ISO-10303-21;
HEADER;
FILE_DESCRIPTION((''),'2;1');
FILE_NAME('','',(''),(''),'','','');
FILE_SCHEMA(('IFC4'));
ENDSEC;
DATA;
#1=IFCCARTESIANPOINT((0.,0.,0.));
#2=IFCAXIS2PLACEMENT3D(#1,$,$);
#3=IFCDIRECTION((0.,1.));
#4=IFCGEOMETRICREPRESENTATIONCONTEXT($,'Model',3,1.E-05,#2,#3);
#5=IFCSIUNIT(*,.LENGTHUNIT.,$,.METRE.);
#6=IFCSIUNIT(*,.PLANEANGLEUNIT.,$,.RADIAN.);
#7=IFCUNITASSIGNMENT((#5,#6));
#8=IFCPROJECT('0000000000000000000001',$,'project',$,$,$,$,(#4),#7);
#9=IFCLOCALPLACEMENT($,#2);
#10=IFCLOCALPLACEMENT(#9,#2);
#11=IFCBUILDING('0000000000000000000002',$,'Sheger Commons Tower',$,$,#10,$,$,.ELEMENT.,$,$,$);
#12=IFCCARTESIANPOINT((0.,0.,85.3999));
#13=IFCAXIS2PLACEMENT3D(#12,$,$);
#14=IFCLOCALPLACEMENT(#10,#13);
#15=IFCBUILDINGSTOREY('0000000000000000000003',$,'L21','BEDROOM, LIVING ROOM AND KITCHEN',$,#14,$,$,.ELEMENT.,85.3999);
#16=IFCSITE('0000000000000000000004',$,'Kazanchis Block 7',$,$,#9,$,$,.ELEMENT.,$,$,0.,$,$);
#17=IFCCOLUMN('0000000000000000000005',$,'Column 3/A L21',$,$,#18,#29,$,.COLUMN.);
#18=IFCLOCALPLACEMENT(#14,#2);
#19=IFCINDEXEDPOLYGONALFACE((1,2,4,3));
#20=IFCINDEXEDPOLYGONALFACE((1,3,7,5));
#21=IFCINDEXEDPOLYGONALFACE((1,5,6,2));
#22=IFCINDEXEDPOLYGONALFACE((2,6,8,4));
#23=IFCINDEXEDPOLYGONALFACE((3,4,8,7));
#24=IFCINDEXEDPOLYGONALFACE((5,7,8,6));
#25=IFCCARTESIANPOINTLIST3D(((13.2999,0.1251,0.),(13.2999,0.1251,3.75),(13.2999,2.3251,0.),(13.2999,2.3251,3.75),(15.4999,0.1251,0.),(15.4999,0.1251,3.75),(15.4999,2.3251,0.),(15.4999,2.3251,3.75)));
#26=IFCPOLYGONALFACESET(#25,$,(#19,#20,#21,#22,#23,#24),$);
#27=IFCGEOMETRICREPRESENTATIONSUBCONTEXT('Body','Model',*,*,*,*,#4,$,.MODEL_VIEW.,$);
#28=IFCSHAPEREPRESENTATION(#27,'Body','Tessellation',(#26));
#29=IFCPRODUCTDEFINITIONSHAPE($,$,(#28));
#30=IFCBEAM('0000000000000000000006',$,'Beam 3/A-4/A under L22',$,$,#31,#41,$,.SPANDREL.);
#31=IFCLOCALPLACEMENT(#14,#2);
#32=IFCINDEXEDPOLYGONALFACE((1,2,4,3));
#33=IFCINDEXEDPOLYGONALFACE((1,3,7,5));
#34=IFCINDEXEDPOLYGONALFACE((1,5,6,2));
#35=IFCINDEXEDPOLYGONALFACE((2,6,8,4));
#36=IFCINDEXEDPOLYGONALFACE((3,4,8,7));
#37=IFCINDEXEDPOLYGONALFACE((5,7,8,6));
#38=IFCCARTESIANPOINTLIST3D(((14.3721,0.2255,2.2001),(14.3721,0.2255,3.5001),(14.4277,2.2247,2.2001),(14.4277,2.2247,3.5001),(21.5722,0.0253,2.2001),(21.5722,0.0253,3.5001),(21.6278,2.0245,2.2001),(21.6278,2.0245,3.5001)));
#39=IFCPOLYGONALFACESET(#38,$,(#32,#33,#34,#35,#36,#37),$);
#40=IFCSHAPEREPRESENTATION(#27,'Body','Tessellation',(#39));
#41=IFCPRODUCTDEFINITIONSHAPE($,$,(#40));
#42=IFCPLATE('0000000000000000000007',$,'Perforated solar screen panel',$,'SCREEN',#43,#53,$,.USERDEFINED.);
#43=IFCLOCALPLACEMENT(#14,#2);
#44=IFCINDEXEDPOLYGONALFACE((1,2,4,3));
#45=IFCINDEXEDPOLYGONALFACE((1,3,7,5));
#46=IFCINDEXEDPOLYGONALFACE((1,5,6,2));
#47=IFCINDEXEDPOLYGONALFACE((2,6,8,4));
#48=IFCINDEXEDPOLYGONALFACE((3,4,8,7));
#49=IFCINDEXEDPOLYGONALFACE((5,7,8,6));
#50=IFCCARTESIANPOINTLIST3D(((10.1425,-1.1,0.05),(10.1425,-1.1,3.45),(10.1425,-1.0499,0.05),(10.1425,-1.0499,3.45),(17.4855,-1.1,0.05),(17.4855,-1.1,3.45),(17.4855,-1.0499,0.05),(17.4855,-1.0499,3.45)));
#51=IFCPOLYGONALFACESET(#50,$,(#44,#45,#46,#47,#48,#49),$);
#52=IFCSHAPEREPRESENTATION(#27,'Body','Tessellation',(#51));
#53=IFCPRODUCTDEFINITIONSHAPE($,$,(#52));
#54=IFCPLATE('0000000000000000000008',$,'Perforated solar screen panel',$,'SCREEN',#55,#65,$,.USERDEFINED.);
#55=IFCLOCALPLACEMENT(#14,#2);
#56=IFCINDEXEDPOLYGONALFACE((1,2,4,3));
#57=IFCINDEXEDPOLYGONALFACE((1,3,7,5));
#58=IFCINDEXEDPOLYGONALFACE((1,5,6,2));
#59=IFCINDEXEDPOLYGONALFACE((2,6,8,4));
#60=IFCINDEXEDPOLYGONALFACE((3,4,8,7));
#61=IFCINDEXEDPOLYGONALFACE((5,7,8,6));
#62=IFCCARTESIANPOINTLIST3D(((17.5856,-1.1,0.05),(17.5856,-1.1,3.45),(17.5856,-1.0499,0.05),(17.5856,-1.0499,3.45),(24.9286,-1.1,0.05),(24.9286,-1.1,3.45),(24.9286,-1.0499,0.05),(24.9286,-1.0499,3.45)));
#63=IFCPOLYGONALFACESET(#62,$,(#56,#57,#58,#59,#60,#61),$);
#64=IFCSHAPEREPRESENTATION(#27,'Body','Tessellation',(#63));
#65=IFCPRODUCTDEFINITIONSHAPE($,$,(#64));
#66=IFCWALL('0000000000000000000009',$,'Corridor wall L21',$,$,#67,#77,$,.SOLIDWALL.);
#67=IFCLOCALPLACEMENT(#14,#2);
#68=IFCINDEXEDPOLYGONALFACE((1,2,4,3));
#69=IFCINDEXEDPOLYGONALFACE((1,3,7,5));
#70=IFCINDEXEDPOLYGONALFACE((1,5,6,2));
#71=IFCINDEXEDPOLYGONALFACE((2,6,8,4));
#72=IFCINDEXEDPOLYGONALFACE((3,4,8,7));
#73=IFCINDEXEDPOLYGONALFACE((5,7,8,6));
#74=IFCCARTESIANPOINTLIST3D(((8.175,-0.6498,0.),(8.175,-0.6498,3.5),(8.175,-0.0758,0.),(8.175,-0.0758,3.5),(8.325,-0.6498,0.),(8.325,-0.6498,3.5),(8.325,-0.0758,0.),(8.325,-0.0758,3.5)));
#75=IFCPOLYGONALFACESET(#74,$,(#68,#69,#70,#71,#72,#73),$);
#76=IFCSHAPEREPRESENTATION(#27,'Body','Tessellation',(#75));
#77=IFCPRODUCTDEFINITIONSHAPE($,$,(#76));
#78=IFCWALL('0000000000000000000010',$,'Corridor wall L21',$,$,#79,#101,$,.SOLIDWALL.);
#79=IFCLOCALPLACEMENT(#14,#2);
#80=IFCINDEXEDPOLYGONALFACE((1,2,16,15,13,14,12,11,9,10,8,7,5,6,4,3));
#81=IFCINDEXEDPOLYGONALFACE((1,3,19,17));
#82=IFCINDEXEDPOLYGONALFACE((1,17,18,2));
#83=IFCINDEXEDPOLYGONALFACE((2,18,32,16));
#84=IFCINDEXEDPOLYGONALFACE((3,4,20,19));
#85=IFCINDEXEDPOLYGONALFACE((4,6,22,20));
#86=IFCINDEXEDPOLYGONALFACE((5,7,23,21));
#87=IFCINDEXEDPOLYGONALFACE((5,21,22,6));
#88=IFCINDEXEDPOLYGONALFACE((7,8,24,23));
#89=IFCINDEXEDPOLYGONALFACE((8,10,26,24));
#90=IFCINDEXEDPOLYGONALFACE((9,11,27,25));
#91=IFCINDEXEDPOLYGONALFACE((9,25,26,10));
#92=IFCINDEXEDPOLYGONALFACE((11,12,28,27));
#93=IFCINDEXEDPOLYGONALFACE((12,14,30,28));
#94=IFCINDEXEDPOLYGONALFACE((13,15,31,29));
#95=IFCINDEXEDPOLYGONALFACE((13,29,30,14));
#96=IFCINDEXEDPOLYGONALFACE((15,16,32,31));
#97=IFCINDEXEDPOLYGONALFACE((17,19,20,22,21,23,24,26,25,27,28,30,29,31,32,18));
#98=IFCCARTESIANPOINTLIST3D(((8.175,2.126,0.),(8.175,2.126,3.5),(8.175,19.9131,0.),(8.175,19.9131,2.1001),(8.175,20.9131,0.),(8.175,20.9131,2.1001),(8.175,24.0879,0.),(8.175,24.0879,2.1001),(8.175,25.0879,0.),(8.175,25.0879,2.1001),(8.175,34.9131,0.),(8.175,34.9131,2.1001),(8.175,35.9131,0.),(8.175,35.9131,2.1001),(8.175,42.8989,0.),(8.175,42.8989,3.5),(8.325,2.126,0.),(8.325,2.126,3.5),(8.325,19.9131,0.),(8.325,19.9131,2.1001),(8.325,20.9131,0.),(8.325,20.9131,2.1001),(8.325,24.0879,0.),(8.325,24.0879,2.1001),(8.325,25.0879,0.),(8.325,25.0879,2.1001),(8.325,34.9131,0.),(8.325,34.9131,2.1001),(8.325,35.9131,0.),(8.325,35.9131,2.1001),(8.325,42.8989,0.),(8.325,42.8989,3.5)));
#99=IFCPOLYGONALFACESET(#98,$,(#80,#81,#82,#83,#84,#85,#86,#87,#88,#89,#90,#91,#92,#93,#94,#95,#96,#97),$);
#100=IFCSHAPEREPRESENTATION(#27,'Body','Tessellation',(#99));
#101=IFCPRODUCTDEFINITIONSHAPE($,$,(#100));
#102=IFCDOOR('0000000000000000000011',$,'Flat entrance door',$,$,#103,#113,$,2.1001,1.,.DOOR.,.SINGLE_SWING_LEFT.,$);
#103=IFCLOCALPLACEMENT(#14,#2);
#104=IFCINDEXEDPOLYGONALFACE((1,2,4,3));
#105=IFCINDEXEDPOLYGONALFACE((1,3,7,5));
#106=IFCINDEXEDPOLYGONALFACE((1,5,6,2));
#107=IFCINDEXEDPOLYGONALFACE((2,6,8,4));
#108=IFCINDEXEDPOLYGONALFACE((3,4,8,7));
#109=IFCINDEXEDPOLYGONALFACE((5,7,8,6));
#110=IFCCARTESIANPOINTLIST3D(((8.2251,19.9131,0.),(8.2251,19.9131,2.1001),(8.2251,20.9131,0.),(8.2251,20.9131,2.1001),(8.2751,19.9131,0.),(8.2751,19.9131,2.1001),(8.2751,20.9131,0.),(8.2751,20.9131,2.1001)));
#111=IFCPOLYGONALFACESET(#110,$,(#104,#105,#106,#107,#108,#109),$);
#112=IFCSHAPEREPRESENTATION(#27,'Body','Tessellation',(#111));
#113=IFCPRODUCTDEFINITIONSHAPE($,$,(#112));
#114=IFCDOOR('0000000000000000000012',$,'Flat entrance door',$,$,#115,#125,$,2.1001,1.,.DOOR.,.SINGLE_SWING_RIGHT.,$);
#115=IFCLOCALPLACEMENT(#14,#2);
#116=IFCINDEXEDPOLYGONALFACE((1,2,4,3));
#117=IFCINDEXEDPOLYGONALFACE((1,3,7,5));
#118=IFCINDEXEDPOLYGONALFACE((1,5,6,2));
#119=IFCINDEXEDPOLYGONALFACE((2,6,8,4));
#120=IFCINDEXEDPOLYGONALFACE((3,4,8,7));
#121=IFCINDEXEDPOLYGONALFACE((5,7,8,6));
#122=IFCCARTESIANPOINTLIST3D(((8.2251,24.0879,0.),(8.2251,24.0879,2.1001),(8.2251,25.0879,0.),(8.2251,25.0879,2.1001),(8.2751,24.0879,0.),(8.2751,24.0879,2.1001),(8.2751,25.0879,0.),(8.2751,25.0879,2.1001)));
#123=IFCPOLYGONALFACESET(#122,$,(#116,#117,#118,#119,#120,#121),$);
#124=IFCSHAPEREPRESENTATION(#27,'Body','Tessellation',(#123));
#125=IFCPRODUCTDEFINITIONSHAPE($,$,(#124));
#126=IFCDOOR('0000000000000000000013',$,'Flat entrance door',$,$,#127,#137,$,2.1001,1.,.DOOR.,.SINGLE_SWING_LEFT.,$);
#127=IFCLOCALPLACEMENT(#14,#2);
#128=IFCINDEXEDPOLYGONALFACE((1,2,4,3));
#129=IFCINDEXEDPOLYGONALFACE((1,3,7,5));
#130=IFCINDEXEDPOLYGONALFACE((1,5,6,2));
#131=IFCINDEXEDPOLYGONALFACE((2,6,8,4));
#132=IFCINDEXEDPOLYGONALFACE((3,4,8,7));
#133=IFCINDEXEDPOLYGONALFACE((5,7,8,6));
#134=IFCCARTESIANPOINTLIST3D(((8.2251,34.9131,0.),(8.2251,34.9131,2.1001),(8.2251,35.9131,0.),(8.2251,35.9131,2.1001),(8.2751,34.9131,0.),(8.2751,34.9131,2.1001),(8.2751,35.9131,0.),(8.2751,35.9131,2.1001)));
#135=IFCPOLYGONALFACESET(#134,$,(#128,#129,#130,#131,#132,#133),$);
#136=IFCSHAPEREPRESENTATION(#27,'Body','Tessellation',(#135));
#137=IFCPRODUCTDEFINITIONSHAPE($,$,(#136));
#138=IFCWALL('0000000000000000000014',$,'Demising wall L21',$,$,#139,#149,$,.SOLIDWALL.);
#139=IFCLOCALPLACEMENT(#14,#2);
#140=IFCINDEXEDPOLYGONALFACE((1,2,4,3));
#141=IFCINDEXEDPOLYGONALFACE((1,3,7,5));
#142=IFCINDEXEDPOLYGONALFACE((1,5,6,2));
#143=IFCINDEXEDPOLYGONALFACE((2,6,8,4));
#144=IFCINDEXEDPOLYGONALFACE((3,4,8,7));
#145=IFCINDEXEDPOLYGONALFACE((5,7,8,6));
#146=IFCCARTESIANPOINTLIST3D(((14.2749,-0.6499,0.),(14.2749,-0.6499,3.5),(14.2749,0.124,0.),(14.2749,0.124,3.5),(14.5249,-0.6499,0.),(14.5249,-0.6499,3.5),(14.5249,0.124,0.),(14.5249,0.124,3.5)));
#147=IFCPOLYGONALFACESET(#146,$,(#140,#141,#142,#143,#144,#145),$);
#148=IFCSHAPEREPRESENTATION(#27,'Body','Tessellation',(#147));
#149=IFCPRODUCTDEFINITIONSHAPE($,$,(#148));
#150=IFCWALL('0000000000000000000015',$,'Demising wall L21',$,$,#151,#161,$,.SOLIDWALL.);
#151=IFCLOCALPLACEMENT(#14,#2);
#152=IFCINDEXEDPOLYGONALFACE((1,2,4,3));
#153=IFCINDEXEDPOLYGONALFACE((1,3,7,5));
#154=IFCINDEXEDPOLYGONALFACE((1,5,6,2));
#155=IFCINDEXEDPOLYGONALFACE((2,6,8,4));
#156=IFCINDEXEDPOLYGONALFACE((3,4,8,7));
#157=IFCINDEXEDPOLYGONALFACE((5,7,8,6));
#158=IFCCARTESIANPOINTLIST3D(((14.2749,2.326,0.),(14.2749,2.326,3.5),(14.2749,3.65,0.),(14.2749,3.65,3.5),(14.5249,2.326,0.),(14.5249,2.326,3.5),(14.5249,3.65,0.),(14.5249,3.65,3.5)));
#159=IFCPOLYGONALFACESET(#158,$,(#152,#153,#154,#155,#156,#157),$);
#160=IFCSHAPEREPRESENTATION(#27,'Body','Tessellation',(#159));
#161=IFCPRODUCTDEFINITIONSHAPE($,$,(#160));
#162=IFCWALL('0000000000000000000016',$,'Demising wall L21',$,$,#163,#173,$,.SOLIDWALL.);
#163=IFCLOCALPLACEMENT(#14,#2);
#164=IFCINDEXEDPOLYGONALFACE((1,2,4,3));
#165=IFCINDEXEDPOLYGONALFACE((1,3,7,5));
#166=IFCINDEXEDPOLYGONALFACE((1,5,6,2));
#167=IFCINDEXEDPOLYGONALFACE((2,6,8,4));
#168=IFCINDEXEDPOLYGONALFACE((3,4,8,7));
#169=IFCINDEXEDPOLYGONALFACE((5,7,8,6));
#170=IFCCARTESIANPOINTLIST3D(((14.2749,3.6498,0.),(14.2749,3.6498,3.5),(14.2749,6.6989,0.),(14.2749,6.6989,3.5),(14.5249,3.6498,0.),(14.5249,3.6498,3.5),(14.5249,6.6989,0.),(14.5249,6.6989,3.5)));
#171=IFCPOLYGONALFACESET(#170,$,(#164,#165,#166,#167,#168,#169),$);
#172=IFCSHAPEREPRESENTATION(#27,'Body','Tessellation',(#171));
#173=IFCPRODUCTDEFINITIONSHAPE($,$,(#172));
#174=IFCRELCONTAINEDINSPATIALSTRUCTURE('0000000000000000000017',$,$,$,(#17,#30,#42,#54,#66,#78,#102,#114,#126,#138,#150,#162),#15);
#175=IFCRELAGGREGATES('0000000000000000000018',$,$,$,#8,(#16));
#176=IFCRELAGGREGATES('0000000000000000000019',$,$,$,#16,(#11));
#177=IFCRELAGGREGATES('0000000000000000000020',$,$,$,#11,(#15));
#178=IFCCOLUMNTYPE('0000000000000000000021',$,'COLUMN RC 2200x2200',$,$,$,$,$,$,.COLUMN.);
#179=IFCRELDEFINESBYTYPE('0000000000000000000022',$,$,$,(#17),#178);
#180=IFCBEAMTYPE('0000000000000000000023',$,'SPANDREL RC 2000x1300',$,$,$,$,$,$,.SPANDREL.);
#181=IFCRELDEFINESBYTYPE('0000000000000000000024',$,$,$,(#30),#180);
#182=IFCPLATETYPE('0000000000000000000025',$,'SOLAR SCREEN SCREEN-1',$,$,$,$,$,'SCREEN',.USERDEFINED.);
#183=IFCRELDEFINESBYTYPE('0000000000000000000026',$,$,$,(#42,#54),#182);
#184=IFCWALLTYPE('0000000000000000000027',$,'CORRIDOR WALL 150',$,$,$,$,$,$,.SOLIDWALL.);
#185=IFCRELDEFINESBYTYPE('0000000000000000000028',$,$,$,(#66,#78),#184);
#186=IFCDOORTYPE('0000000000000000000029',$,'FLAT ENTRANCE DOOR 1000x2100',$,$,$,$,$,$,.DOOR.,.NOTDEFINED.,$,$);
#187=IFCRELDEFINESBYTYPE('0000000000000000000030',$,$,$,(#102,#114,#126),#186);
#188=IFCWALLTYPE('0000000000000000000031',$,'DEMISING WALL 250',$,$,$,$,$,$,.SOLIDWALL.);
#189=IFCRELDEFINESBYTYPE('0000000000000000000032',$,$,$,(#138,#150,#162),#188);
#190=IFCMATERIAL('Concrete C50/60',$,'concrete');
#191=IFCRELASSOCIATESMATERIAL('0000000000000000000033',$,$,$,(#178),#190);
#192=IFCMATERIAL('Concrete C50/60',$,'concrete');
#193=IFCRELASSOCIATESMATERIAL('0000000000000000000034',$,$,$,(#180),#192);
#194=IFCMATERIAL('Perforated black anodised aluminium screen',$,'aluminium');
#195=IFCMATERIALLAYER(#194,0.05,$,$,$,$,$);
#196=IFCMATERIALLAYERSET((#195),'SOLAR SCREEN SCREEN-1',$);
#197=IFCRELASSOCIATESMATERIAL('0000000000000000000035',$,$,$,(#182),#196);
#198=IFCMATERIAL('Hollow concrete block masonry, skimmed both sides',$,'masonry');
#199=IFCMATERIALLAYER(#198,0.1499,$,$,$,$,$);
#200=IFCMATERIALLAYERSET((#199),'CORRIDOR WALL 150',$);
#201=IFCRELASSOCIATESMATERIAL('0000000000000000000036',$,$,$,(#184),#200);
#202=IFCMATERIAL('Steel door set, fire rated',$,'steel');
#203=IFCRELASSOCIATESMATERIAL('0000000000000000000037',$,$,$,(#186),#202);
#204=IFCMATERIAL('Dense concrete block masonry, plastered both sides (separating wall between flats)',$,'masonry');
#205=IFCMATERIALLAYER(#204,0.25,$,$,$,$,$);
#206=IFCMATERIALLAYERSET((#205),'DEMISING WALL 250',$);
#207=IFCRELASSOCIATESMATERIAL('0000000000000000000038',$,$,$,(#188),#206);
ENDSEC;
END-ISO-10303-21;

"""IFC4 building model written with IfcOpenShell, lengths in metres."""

from ifc_helpers import new_model, si_unit, direction, frame, frame_2d, origin, origin_2d, place, context, subcontext, project, spatial, rectangle, extrude, material, layer, layer_set, material_profile, profile_set, type_object, element, fill, save


model = new_model("IFC4")

# Units and contexts
model_context = context("Model", 3, precision=1e-05, world=origin(), true_north=direction((0.0, 1.0)))
body_context = subcontext(model_context, "Body", "Model", "MODEL_VIEW")
ifc_project = project(units=[si_unit("LENGTHUNIT", "METRE"), si_unit("PLANEANGLEUNIT", "RADIAN")], contexts=[model_context])

# Site, building, storey
site_placement = place(None, origin())
site = spatial("IfcSite", under=ifc_project, at=site_placement, Name="Kazanchis Block 7", CompositionType="ELEMENT", RefElevation=0.0)
building_placement = place(site_placement, origin())
building = spatial("IfcBuilding", under=site, at=building_placement, Name="Sheger Commons Tower", CompositionType="ELEMENT")
storey_placement = place(building_placement, frame((0.0, 0.0, 85.3999)))
storey = spatial("IfcBuildingStorey", under=building, at=storey_placement, Name="L21", Description="BEDROOM, LIVING ROOM AND KITCHEN", CompositionType="ELEMENT", Elevation=85.3999)

# Column
ifc_material_1 = material(Name="Concrete C50/60", Category="concrete")
ifc_material_profile_1 = material_profile(ifc_material_1, rectangle(XDim=2.2, YDim=2.2, at=origin_2d()), Name="RC 2200x2200")
ifc_profile_set_1 = profile_set([ifc_material_profile_1], Name="Concrete C50/60")
column_type = type_object("IfcColumnType", Name="COLUMN RC 2200x2200", PredefinedType="COLUMN", material=ifc_profile_set_1)
column_placement = place(storey_placement, frame((14.3999, 1.2251, 0.0), z_axis=(0.0, 0.0, 1.0), x_axis=(1.0, 0.0, 0.0)))
element("IfcColumn", 1, at=column_placement, inside=storey, type_object=column_type, Name="Column 3/A L21", PredefinedType="COLUMN", context=body_context, shape_type="SweptSolid", body=[
    extrude(rectangle(XDim=2.2, YDim=2.2, at=origin_2d()), origin(), (0.0, 0.0, 1.0), 3.75),
])

# Beam
ifc_material_2 = material(Name="Concrete C50/60", Category="concrete")
ifc_material_profile_2 = material_profile(ifc_material_2, rectangle(XDim=2.0, YDim=1.3, at=origin_2d()), Name="RC 2000x1300")
ifc_profile_set_2 = profile_set([ifc_material_profile_2], Name="Concrete C50/60")
beam_type = type_object("IfcBeamType", Name="SPANDREL RC 2000x1300", PredefinedType="SPANDREL", material=ifc_profile_set_2)
beam_placement = place(storey_placement, frame((14.3999, 1.2251, 2.8501), z_axis=(0.999614, -0.027793, 0.0), x_axis=(0.027793, 0.999614, 0.0)))
element("IfcBeam", 2, at=beam_placement, inside=storey, type_object=beam_type, Name="Beam 3/A-4/A under L22", PredefinedType="SPANDREL", context=body_context, shape_type="SweptSolid", body=[
    extrude(rectangle(XDim=2.0, YDim=1.3, at=origin_2d()), origin(), (0.0, 0.0, 1.0), 7.2029),
])

# Plates
ifc_material_3 = material(Name="Perforated black anodised aluminium screen", Category="aluminium")
ifc_layer_1 = layer(ifc_material_3, 0.05)
ifc_layer_set_1 = layer_set([ifc_layer_1], Name="SOLAR SCREEN SCREEN-1")
plate_type = type_object("IfcPlateType", Name="SOLAR SCREEN SCREEN-1", ElementType="SCREEN", PredefinedType="USERDEFINED", material=ifc_layer_set_1)
for number, where, z_axis, x_axis, name in (
    (3, (13.814, -1.075, 0.05), (0.0, 0.0, 1.0), (1.0, 0.0, 0.0), "Perforated solar screen panel"),
    (4, (21.2571, -1.075, 0.05), (0.0, 0.0, 1.0), (1.0, 0.0, 0.0), "Perforated solar screen panel"),
):
    element("IfcPlate", number, at=place(storey_placement, frame(where, z_axis=z_axis, x_axis=x_axis)), inside=storey, type_object=plate_type, Name=name, ObjectType="SCREEN", PredefinedType="USERDEFINED", context=body_context, shape_type="SweptSolid", body=[
        extrude(rectangle(XDim=7.343, YDim=0.05, at=origin_2d()), origin(), (0.0, 0.0, 1.0), 3.3999),
    ])

# Wall
ifc_material_4 = material(Name="Hollow concrete block masonry, skimmed both sides", Category="masonry")
ifc_layer_2 = layer(ifc_material_4, 0.1499)
ifc_layer_set_2 = layer_set([ifc_layer_2], Name="CORRIDOR WALL 150")
wall_type_1 = type_object("IfcWallType", Name="CORRIDOR WALL 150", PredefinedType="SOLIDWALL", material=ifc_layer_set_2)
wall_1_placement = place(storey_placement, frame((8.25, -0.6499, 0.0), z_axis=(0.0, 0.0, 1.0), x_axis=(0.0, 1.0, 0.0)))
element("IfcWall", 5, at=wall_1_placement, inside=storey, type_object=wall_type_1, Name="Corridor wall L21", PredefinedType="SOLIDWALL", context=body_context, shape_type="SweptSolid", body=[
    extrude(rectangle(XDim=0.574, YDim=0.1499, at=frame_2d((0.2871, 0.0))), origin(), (0.0, 0.0, 1.0), 3.5),
])

# Wall, openings, doors
wall_2_placement = place(storey_placement, frame((8.25, 2.126, 0.0), z_axis=(0.0, 0.0, 1.0), x_axis=(0.0, 1.0, 0.0)))
wall_2 = element("IfcWall", 6, at=wall_2_placement, inside=storey, type_object=wall_type_1, Name="Corridor wall L21", PredefinedType="SOLIDWALL", context=body_context, shape_type="SweptSolid", body=[
    extrude(rectangle(XDim=40.7729, YDim=0.1499, at=frame_2d((20.3865, 0.0))), origin(), (0.0, 0.0, 1.0), 3.5),
])
opening_1_placement = place(wall_2_placement, frame((17.7871, 0.0, 0.0)))
opening_1 = element("IfcOpeningElement", 7, at=opening_1_placement, cuts=wall_2, PredefinedType="OPENING", context=body_context, shape_type="SweptSolid", body=[
    extrude(rectangle(XDim=1.0, YDim=2.1001, at=frame_2d((0.5, 1.05))), frame((0.0, 0.085, 0.0), z_axis=(0.0, -1.0, 0.0), x_axis=(1.0, 0.0, 0.0)), (0.0, 0.0, 1.0), 0.1699),
])
opening_2_placement = place(wall_2_placement, frame((21.9619, 0.0, 0.0)))
opening_2 = element("IfcOpeningElement", 8, at=opening_2_placement, cuts=wall_2, PredefinedType="OPENING", context=body_context, shape_type="SweptSolid", body=[
    extrude(rectangle(XDim=1.0, YDim=2.1001, at=frame_2d((0.5, 1.05))), frame((0.0, 0.085, 0.0), z_axis=(0.0, -1.0, 0.0), x_axis=(1.0, 0.0, 0.0)), (0.0, 0.0, 1.0), 0.1699),
])
opening_3_placement = place(wall_2_placement, frame((32.7871, 0.0, 0.0)))
opening_3 = element("IfcOpeningElement", 9, at=opening_3_placement, cuts=wall_2, PredefinedType="OPENING", context=body_context, shape_type="SweptSolid", body=[
    extrude(rectangle(XDim=1.0, YDim=2.1001, at=frame_2d((0.5, 1.05))), frame((0.0, 0.085, 0.0), z_axis=(0.0, -1.0, 0.0), x_axis=(1.0, 0.0, 0.0)), (0.0, 0.0, 1.0), 0.1699),
])
ifc_material_5 = material(Name="Steel door set, fire rated", Category="steel")
door_type = type_object("IfcDoorType", Name="FLAT ENTRANCE DOOR 1000x2100", OperationType="NOTDEFINED", PredefinedType="DOOR", material=ifc_material_5)
door_1_placement = place(opening_1_placement, origin())
door_1 = element("IfcDoor", 10, at=door_1_placement, inside=storey, type_object=door_type, Name="Flat entrance door", OperationType="SINGLE_SWING_LEFT", OverallHeight=2.1001, OverallWidth=1.0, PredefinedType="DOOR", context=body_context, shape_type="SweptSolid", body=[
    extrude(rectangle(XDim=1.0, YDim=2.1001, at=frame_2d((0.5, 1.05))), frame((0.0, 0.0249, 0.0), z_axis=(0.0, -1.0, 0.0), x_axis=(1.0, 0.0, 0.0)), (0.0, 0.0, 1.0), 0.05),
])
fill(opening_1, door_1)
door_2_placement = place(opening_2_placement, origin())
door_2 = element("IfcDoor", 11, at=door_2_placement, inside=storey, type_object=door_type, Name="Flat entrance door", OperationType="SINGLE_SWING_RIGHT", OverallHeight=2.1001, OverallWidth=1.0, PredefinedType="DOOR", context=body_context, shape_type="SweptSolid", body=[
    extrude(rectangle(XDim=1.0, YDim=2.1001, at=frame_2d((0.5, 1.05))), frame((0.0, 0.0249, 0.0), z_axis=(0.0, -1.0, 0.0), x_axis=(1.0, 0.0, 0.0)), (0.0, 0.0, 1.0), 0.05),
])
fill(opening_2, door_2)
door_3_placement = place(opening_3_placement, origin())
door_3 = element("IfcDoor", 12, at=door_3_placement, inside=storey, type_object=door_type, Name="Flat entrance door", OperationType="SINGLE_SWING_LEFT", OverallHeight=2.1001, OverallWidth=1.0, PredefinedType="DOOR", context=body_context, shape_type="SweptSolid", body=[
    extrude(rectangle(XDim=1.0, YDim=2.1001, at=frame_2d((0.5, 1.05))), frame((0.0, 0.0249, 0.0), z_axis=(0.0, -1.0, 0.0), x_axis=(1.0, 0.0, 0.0)), (0.0, 0.0, 1.0), 0.05),
])
fill(opening_3, door_3)

# Walls
ifc_material_6 = material(Name="Dense concrete block masonry, plastered both sides (separating wall between flats)", Category="masonry")
ifc_layer_3 = layer(ifc_material_6, 0.25)
ifc_layer_set_3 = layer_set([ifc_layer_3], Name="DEMISING WALL 250")
wall_type_2 = type_object("IfcWallType", Name="DEMISING WALL 250", PredefinedType="SOLIDWALL", material=ifc_layer_set_3)
wall_3_placement = place(storey_placement, frame((14.3999, -0.6499, 0.0), z_axis=(0.0, 0.0, 1.0), x_axis=(0.0, 1.0, 0.0)))
element("IfcWall", 13, at=wall_3_placement, inside=storey, type_object=wall_type_2, Name="Demising wall L21", PredefinedType="SOLIDWALL", context=body_context, shape_type="SweptSolid", body=[
    extrude(rectangle(XDim=0.7739, YDim=0.25, at=frame_2d((0.387, 0.0))), origin(), (0.0, 0.0, 1.0), 3.5),
])
wall_4_placement = place(storey_placement, frame((14.3999, 2.3259, 0.0), z_axis=(0.0, 0.0, 1.0), x_axis=(0.0, 1.0, 0.0)))
element("IfcWall", 14, at=wall_4_placement, inside=storey, type_object=wall_type_2, Name="Demising wall L21", PredefinedType="SOLIDWALL", context=body_context, shape_type="SweptSolid", body=[
    extrude(rectangle(XDim=1.324, YDim=0.25, at=frame_2d((0.6621, 0.0))), origin(), (0.0, 0.0, 1.0), 3.5),
])
wall_5_placement = place(storey_placement, frame((14.3999, 3.6499, 0.0), z_axis=(0.0, 0.0, 1.0), x_axis=(0.0, 1.0, 0.0)))
element("IfcWall", 15, at=wall_5_placement, inside=storey, type_object=wall_type_2, Name="Demising wall L21", PredefinedType="SOLIDWALL", context=body_context, shape_type="SweptSolid", body=[
    extrude(rectangle(XDim=3.0491, YDim=0.25, at=frame_2d((1.5244, 0.0))), origin(), (0.0, 0.0, 1.0), 3.5),
])

save(model, "model.ifc")
